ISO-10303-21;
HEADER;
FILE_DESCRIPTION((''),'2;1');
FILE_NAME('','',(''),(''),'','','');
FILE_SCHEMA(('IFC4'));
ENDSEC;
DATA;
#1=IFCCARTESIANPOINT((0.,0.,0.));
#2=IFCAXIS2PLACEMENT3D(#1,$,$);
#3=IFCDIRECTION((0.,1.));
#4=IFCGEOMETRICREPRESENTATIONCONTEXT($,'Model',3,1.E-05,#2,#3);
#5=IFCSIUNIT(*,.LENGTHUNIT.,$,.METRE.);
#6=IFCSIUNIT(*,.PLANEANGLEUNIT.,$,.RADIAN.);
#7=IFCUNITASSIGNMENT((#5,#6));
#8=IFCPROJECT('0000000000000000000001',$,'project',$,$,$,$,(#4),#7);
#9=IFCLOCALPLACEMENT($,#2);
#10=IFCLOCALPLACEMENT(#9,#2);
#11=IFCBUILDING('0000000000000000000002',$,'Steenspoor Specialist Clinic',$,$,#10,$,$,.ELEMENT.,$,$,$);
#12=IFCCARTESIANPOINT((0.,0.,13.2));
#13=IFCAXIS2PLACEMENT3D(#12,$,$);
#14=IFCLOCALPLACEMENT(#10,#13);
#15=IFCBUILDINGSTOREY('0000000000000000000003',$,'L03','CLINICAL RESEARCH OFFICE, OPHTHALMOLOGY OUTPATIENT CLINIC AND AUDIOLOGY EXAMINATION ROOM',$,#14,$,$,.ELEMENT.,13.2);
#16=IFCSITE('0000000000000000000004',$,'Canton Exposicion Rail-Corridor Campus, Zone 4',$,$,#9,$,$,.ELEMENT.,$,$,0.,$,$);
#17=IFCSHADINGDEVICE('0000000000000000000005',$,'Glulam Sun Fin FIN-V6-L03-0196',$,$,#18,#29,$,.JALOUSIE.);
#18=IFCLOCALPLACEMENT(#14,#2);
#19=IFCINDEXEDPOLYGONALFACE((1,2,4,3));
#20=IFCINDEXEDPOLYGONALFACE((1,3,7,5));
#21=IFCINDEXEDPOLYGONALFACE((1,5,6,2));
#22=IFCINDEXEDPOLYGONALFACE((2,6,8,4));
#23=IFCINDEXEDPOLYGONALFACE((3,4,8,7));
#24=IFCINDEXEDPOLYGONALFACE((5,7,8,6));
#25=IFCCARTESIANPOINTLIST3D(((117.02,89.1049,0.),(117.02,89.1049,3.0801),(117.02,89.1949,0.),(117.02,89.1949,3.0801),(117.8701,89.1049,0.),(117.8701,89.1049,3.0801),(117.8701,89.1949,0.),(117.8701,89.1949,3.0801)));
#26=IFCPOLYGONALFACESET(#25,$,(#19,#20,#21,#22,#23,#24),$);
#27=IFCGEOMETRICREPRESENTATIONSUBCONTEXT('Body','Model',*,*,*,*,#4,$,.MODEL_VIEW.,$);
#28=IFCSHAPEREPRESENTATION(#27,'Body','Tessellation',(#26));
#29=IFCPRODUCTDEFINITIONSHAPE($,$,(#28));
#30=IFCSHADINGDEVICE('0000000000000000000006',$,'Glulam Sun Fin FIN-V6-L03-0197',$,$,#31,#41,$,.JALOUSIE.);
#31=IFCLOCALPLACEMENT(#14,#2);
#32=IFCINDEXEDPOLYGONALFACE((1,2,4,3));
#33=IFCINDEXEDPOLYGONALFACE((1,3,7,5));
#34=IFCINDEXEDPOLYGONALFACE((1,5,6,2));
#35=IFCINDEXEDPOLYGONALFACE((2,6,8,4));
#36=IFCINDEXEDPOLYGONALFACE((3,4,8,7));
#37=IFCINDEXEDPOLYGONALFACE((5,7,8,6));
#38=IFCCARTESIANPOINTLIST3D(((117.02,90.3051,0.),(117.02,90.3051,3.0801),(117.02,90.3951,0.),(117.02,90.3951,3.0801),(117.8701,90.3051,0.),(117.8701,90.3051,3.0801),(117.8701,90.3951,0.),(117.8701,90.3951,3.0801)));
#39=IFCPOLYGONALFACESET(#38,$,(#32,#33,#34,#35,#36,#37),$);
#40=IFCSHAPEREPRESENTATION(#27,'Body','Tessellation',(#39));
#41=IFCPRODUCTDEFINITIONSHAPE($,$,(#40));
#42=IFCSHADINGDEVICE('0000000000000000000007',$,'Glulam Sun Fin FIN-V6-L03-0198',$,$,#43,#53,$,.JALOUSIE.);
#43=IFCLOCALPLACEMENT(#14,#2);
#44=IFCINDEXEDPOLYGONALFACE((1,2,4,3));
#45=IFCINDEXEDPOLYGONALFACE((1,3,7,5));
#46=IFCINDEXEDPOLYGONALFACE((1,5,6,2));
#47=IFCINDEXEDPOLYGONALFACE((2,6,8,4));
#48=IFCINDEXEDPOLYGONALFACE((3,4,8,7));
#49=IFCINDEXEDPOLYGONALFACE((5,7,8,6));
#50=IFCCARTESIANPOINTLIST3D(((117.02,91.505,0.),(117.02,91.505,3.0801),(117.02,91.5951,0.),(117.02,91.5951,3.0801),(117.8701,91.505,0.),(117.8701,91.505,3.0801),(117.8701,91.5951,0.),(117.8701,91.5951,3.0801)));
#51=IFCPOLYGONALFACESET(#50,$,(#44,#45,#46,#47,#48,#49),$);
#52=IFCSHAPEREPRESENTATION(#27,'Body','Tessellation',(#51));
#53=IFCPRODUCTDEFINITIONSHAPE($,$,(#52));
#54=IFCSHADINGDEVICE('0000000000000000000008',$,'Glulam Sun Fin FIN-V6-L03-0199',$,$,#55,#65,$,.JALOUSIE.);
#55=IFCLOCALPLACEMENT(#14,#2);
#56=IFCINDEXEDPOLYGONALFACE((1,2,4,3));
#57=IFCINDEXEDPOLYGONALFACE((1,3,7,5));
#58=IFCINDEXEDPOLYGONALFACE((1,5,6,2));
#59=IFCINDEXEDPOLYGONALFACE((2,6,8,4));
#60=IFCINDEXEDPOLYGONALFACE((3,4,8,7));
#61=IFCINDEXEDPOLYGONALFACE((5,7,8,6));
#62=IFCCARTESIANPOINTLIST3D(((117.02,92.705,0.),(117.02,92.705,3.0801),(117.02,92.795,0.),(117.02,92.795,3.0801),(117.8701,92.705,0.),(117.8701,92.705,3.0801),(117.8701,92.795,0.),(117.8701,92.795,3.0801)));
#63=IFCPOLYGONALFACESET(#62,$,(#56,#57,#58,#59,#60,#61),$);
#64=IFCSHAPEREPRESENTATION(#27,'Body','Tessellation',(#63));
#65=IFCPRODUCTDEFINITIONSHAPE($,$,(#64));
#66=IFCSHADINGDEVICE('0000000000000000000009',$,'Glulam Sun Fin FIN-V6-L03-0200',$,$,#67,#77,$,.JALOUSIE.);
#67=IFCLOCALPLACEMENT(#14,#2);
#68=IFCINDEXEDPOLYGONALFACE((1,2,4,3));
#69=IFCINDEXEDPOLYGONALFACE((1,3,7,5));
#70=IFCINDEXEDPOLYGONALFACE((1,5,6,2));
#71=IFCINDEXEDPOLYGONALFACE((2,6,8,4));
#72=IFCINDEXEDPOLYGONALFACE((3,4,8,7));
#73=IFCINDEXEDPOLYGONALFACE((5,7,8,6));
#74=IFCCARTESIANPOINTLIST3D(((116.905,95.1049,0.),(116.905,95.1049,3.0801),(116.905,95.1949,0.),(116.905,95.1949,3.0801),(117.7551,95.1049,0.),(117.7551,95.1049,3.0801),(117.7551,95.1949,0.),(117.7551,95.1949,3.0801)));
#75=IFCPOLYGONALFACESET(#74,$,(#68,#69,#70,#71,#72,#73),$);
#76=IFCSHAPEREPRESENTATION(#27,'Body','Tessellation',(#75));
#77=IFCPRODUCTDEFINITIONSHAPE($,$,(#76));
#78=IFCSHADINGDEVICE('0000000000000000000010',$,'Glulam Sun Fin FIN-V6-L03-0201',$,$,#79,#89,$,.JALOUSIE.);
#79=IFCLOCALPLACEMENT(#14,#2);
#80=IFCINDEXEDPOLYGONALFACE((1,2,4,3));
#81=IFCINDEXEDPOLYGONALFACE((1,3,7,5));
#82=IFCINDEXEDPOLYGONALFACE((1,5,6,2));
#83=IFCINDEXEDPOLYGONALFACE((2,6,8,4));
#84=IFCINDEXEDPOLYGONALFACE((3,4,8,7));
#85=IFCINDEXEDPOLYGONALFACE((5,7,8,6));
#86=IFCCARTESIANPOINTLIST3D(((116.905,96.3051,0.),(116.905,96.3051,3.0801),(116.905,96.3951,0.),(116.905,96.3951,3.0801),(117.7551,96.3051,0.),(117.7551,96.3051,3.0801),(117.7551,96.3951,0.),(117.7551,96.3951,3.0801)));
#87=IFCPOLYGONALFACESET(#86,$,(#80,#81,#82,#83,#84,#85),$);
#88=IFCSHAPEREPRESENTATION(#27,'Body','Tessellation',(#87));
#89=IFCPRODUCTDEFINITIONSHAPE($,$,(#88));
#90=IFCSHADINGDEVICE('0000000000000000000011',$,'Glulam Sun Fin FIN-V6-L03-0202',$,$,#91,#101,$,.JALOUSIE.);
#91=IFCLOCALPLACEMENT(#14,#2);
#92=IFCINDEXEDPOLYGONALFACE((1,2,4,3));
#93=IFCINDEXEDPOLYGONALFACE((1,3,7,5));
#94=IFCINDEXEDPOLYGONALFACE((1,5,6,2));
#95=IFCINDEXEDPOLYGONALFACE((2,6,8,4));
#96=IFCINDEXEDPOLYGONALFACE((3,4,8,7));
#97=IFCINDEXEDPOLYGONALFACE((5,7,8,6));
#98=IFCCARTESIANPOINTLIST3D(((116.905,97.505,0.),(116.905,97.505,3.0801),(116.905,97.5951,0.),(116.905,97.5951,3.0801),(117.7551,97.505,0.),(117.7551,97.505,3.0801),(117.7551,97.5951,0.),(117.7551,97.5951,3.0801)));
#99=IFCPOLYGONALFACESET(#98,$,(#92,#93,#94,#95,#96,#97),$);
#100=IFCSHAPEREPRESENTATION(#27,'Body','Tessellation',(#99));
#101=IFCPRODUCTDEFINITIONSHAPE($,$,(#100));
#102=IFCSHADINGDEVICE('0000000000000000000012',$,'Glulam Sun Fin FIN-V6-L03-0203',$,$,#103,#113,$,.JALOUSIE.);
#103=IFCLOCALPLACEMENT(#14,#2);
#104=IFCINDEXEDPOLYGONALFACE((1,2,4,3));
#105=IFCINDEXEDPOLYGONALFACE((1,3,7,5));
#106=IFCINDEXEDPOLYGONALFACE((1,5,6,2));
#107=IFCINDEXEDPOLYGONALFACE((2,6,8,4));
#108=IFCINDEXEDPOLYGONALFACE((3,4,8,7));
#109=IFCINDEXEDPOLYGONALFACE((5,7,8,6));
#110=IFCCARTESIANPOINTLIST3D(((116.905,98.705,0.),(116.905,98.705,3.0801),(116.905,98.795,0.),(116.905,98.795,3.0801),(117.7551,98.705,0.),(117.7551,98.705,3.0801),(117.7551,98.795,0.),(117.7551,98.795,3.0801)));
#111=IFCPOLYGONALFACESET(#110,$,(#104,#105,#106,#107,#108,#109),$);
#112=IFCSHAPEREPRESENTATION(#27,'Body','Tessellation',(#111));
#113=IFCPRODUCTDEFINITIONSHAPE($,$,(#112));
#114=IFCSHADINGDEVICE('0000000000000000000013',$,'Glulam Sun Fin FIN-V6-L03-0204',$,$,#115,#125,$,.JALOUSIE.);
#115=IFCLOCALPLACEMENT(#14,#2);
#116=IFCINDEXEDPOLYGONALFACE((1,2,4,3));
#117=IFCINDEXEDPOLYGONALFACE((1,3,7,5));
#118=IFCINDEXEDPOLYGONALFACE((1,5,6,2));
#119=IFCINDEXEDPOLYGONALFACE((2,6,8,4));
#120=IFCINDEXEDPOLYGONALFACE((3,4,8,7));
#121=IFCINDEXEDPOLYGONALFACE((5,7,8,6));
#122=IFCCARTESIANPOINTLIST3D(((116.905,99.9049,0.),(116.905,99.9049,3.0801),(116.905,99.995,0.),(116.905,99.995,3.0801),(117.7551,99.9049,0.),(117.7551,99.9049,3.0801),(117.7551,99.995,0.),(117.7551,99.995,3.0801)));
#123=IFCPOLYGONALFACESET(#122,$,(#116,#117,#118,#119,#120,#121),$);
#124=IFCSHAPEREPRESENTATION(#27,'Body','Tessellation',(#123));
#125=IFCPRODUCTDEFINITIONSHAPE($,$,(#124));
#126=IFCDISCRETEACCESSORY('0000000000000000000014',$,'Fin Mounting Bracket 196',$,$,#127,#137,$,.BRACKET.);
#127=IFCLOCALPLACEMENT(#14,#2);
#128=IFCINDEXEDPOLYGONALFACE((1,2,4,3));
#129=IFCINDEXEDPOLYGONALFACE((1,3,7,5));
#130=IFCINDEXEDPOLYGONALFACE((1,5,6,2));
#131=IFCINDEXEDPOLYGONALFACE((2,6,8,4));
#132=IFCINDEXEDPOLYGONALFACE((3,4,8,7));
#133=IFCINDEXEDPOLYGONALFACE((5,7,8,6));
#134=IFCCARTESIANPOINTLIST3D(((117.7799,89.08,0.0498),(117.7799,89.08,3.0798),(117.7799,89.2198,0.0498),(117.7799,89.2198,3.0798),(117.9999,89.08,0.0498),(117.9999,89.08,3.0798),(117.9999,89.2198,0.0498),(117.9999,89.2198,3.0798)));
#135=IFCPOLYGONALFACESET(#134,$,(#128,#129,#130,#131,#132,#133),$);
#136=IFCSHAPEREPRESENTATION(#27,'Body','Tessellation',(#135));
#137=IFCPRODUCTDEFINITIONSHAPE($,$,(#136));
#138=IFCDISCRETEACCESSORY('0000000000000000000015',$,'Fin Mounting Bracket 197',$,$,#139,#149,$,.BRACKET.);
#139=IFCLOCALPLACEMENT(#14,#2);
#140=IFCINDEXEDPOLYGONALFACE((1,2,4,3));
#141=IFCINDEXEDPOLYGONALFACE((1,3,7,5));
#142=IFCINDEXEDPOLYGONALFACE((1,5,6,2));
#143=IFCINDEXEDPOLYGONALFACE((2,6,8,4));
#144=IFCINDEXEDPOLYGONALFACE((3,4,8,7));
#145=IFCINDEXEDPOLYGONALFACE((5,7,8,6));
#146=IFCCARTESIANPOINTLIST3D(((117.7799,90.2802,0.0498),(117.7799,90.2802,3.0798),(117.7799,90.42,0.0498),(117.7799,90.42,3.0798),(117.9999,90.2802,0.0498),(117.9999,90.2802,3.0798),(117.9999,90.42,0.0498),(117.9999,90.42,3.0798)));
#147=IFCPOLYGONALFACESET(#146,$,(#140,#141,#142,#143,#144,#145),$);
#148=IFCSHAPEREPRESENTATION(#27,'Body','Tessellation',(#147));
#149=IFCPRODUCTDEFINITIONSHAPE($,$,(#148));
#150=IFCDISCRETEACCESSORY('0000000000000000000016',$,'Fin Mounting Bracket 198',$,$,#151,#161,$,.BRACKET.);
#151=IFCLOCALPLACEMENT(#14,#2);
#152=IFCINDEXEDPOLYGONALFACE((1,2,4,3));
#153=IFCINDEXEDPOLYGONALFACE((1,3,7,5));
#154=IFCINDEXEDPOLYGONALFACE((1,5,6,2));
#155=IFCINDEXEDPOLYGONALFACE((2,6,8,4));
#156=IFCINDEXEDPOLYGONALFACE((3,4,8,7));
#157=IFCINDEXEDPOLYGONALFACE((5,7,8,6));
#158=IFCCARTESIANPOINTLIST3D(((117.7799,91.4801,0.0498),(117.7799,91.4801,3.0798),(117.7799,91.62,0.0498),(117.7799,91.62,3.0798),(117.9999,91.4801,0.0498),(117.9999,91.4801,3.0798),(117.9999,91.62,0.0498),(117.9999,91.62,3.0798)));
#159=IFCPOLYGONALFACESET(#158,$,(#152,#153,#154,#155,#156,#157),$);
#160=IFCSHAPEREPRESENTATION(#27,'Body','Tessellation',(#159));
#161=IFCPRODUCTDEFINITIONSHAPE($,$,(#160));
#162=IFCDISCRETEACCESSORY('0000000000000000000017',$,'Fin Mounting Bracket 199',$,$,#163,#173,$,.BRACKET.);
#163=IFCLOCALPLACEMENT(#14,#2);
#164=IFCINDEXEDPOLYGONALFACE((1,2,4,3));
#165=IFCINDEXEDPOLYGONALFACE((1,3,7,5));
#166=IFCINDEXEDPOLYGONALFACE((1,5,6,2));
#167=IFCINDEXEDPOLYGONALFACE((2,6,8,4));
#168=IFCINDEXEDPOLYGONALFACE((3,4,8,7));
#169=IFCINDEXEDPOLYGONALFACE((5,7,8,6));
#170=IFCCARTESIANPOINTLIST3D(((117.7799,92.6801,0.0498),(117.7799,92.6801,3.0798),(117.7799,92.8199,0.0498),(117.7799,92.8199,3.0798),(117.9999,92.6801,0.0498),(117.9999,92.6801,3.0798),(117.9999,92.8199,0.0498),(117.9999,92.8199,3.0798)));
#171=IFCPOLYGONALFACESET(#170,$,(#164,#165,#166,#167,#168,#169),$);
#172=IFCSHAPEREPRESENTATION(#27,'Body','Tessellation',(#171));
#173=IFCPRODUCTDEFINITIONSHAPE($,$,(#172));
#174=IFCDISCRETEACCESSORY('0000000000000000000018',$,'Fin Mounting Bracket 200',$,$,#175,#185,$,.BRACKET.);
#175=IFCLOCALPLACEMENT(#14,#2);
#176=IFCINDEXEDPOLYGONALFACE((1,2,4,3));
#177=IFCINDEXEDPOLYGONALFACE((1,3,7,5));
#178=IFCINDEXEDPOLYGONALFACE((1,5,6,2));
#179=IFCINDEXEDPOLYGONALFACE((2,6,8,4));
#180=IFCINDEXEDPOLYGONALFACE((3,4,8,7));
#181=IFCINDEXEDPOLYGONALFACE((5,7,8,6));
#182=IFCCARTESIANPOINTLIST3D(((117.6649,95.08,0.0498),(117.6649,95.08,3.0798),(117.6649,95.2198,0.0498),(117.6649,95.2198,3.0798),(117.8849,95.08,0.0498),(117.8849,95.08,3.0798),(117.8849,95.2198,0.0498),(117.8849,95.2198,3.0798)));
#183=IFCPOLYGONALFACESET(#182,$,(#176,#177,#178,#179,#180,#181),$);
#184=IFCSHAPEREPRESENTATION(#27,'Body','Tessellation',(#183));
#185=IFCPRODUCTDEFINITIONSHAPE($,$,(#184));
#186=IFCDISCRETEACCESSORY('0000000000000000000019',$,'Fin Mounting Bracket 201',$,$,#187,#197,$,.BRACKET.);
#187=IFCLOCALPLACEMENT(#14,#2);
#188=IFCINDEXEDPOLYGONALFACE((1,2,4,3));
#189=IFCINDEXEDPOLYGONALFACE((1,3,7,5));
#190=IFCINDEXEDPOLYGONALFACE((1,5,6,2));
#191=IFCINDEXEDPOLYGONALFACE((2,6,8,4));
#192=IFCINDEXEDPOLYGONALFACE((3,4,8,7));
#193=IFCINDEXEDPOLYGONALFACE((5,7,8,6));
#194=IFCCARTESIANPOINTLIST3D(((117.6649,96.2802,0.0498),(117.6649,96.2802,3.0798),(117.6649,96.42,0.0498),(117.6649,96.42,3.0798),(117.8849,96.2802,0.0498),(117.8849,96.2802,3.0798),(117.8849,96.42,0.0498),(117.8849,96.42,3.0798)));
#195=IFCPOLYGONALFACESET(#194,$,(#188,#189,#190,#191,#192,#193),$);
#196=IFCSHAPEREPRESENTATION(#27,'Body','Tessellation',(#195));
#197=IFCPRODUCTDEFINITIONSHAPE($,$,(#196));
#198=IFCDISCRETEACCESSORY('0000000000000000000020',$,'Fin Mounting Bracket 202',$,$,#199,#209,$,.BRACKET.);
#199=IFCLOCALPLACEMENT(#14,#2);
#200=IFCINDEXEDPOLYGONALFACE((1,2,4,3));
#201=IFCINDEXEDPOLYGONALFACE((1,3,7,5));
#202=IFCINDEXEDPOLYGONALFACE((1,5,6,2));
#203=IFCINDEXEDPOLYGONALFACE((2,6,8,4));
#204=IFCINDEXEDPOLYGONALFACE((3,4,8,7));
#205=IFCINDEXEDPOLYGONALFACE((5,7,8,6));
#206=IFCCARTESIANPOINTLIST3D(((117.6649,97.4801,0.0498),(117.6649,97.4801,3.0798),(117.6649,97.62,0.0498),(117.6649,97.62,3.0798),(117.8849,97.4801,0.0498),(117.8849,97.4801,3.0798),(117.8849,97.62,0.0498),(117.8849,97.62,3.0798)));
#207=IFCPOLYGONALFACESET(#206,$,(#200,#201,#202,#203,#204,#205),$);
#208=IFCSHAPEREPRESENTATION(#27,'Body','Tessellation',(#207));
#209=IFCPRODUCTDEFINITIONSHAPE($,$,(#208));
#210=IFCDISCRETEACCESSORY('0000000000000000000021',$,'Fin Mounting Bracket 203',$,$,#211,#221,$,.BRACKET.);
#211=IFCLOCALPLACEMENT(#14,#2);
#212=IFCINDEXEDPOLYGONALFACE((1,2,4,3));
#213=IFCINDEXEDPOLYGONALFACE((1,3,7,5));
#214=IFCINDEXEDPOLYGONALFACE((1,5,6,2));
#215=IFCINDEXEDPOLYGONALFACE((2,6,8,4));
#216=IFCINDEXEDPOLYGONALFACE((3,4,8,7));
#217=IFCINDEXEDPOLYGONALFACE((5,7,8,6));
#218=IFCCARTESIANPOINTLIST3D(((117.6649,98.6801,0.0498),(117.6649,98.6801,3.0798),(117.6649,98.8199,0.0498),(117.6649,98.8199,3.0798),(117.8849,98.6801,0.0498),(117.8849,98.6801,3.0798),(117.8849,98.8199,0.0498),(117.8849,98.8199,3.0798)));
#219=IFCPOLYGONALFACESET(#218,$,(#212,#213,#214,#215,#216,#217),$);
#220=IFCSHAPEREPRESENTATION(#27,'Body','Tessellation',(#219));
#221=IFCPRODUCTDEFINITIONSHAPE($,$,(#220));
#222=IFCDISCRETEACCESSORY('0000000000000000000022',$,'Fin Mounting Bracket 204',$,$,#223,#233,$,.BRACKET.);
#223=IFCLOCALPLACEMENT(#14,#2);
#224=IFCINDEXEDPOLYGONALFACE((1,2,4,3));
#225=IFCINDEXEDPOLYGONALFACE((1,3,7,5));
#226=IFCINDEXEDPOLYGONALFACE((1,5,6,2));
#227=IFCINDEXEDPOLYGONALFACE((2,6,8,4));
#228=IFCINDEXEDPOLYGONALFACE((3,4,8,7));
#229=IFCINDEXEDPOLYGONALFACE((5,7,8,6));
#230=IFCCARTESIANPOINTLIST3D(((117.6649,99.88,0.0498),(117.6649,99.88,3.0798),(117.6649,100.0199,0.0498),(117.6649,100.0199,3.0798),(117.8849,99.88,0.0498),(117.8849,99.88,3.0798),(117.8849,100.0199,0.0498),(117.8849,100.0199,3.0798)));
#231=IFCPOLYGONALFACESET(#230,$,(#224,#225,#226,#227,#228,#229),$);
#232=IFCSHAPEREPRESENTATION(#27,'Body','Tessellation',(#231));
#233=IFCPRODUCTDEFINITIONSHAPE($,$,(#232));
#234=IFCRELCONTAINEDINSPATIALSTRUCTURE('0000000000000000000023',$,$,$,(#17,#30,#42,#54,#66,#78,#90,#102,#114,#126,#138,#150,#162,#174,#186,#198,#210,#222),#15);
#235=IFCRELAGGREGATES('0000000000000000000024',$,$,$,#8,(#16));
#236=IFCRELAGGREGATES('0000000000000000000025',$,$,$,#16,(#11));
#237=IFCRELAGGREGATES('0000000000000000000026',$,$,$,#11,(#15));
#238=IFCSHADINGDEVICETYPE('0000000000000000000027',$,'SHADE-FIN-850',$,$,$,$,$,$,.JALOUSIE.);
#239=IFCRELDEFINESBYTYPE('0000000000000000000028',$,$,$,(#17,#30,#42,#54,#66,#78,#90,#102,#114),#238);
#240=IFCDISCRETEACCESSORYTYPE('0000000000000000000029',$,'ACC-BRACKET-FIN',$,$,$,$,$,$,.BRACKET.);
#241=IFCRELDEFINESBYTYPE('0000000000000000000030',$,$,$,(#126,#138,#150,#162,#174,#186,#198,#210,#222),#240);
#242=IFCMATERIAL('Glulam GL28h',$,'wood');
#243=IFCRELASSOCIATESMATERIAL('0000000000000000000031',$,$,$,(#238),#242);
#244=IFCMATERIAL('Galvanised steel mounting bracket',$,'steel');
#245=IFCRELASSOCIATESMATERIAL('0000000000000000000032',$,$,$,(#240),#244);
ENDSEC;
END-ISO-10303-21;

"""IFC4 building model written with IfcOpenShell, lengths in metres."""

from ifc_helpers import new_model, si_unit, direction, frame, origin, origin_2d, place, context, subcontext, project, spatial, rectangle, extrude, material, material_profile, profile_set, type_object, element, save


model = new_model("IFC4")

# Units and contexts
model_context = context("Model", 3, precision=1e-05, world=origin(), true_north=direction((0.0, 1.0)))
body_context = subcontext(model_context, "Body", "Model", "MODEL_VIEW")
ifc_project = project(units=[si_unit("LENGTHUNIT", "METRE"), si_unit("PLANEANGLEUNIT", "RADIAN")], contexts=[model_context])

# Site, building, storey
site_placement = place(None, origin())
site = spatial("IfcSite", under=ifc_project, at=site_placement, Name="Canton Exposicion Rail-Corridor Campus, Zone 4", CompositionType="ELEMENT", RefElevation=0.0)
building_placement = place(site_placement, origin())
building = spatial("IfcBuilding", under=site, at=building_placement, Name="Steenspoor Specialist Clinic", CompositionType="ELEMENT")
storey_placement = place(building_placement, frame((0.0, 0.0, 13.2)))
storey = spatial("IfcBuildingStorey", under=building, at=storey_placement, Name="L03", Description="CLINICAL RESEARCH OFFICE, OPHTHALMOLOGY OUTPATIENT CLINIC AND AUDIOLOGY EXAMINATION ROOM", CompositionType="ELEMENT", Elevation=13.2)

# Shading devices
ifc_material_1 = material(Name="Glulam GL28h", Category="wood")
ifc_material_profile_1 = material_profile(ifc_material_1, rectangle(XDim=0.0901, YDim=0.8501, at=origin_2d()), Name="GL28H-90X850")
ifc_profile_set_1 = profile_set([ifc_material_profile_1], Name="Glulam GL28h")
shading_device_type = type_object("IfcShadingDeviceType", Name="SHADE-FIN-850", PredefinedType="JALOUSIE", material=ifc_profile_set_1)
for number, where, z_axis, x_axis, name in (
    (1, (117.4451, 89.1499, 0.0), (0.0, 0.0, 1.0), (0.0, 1.0, 0.0), "Glulam Sun Fin FIN-V6-L03-0196"),
    (2, (117.4451, 90.3501, 0.0), (0.0, 0.0, 1.0), (0.0, 1.0, 0.0), "Glulam Sun Fin FIN-V6-L03-0197"),
    (3, (117.4451, 91.55, 0.0), (0.0, 0.0, 1.0), (0.0, 1.0, 0.0), "Glulam Sun Fin FIN-V6-L03-0198"),
    (4, (117.4451, 92.75, 0.0), (0.0, 0.0, 1.0), (0.0, 1.0, 0.0), "Glulam Sun Fin FIN-V6-L03-0199"),
    (5, (117.3301, 95.1499, 0.0), (0.0, 0.0, 1.0), (0.0, 1.0, 0.0), "Glulam Sun Fin FIN-V6-L03-0200"),
    (6, (117.3301, 96.3501, 0.0), (0.0, 0.0, 1.0), (0.0, 1.0, 0.0), "Glulam Sun Fin FIN-V6-L03-0201"),
    (7, (117.3301, 97.55, 0.0), (0.0, 0.0, 1.0), (0.0, 1.0, 0.0), "Glulam Sun Fin FIN-V6-L03-0202"),
    (8, (117.3301, 98.75, 0.0), (0.0, 0.0, 1.0), (0.0, 1.0, 0.0), "Glulam Sun Fin FIN-V6-L03-0203"),
    (9, (117.3301, 99.95, 0.0), (0.0, 0.0, 1.0), (0.0, 1.0, 0.0), "Glulam Sun Fin FIN-V6-L03-0204"),
):
    element("IfcShadingDevice", number, at=place(storey_placement, frame(where, z_axis=z_axis, x_axis=x_axis)), inside=storey, type_object=shading_device_type, Name=name, PredefinedType="JALOUSIE", context=body_context, shape_type="SweptSolid", body=[
        extrude(rectangle(XDim=0.0901, YDim=0.8501, at=origin_2d()), origin(), (0.0, 0.0, 1.0), 3.0801),
    ])

# Discrete accessories
ifc_material_2 = material(Name="Galvanised steel mounting bracket", Category="steel")
discrete_accessory_type = type_object("IfcDiscreteAccessoryType", Name="ACC-BRACKET-FIN", PredefinedType="BRACKET", material=ifc_material_2)
for number, where, z_axis, x_axis, name in (
    (10, (117.8899, 89.1499, 0.0498), (0.0, 0.0, 1.0), (-1.0, 0.0, 0.0), "Fin Mounting Bracket 196"),
    (11, (117.8899, 90.3501, 0.0498), (0.0, 0.0, 1.0), (-1.0, 0.0, 0.0), "Fin Mounting Bracket 197"),
    (12, (117.8899, 91.55, 0.0498), (0.0, 0.0, 1.0), (-1.0, 0.0, 0.0), "Fin Mounting Bracket 198"),
    (13, (117.8899, 92.75, 0.0498), (0.0, 0.0, 1.0), (-1.0, 0.0, 0.0), "Fin Mounting Bracket 199"),
    (14, (117.7749, 95.1499, 0.0498), (0.0, 0.0, 1.0), (-1.0, 0.0, 0.0), "Fin Mounting Bracket 200"),
    (15, (117.7749, 96.3501, 0.0498), (0.0, 0.0, 1.0), (-1.0, 0.0, 0.0), "Fin Mounting Bracket 201"),
    (16, (117.7749, 97.55, 0.0498), (0.0, 0.0, 1.0), (-1.0, 0.0, 0.0), "Fin Mounting Bracket 202"),
    (17, (117.7749, 98.75, 0.0498), (0.0, 0.0, 1.0), (-1.0, 0.0, 0.0), "Fin Mounting Bracket 203"),
    (18, (117.7749, 99.95, 0.0498), (0.0, 0.0, 1.0), (-1.0, 0.0, 0.0), "Fin Mounting Bracket 204"),
):
    element("IfcDiscreteAccessory", number, at=place(storey_placement, frame(where, z_axis=z_axis, x_axis=x_axis)), inside=storey, type_object=discrete_accessory_type, Name=name, PredefinedType="BRACKET", context=body_context, shape_type="SweptSolid", body=[
        extrude(rectangle(XDim=0.22, YDim=0.1399, at=origin_2d()), origin(), (0.0, 0.0, 1.0), 3.03),
    ])

save(model, "model.ifc")
